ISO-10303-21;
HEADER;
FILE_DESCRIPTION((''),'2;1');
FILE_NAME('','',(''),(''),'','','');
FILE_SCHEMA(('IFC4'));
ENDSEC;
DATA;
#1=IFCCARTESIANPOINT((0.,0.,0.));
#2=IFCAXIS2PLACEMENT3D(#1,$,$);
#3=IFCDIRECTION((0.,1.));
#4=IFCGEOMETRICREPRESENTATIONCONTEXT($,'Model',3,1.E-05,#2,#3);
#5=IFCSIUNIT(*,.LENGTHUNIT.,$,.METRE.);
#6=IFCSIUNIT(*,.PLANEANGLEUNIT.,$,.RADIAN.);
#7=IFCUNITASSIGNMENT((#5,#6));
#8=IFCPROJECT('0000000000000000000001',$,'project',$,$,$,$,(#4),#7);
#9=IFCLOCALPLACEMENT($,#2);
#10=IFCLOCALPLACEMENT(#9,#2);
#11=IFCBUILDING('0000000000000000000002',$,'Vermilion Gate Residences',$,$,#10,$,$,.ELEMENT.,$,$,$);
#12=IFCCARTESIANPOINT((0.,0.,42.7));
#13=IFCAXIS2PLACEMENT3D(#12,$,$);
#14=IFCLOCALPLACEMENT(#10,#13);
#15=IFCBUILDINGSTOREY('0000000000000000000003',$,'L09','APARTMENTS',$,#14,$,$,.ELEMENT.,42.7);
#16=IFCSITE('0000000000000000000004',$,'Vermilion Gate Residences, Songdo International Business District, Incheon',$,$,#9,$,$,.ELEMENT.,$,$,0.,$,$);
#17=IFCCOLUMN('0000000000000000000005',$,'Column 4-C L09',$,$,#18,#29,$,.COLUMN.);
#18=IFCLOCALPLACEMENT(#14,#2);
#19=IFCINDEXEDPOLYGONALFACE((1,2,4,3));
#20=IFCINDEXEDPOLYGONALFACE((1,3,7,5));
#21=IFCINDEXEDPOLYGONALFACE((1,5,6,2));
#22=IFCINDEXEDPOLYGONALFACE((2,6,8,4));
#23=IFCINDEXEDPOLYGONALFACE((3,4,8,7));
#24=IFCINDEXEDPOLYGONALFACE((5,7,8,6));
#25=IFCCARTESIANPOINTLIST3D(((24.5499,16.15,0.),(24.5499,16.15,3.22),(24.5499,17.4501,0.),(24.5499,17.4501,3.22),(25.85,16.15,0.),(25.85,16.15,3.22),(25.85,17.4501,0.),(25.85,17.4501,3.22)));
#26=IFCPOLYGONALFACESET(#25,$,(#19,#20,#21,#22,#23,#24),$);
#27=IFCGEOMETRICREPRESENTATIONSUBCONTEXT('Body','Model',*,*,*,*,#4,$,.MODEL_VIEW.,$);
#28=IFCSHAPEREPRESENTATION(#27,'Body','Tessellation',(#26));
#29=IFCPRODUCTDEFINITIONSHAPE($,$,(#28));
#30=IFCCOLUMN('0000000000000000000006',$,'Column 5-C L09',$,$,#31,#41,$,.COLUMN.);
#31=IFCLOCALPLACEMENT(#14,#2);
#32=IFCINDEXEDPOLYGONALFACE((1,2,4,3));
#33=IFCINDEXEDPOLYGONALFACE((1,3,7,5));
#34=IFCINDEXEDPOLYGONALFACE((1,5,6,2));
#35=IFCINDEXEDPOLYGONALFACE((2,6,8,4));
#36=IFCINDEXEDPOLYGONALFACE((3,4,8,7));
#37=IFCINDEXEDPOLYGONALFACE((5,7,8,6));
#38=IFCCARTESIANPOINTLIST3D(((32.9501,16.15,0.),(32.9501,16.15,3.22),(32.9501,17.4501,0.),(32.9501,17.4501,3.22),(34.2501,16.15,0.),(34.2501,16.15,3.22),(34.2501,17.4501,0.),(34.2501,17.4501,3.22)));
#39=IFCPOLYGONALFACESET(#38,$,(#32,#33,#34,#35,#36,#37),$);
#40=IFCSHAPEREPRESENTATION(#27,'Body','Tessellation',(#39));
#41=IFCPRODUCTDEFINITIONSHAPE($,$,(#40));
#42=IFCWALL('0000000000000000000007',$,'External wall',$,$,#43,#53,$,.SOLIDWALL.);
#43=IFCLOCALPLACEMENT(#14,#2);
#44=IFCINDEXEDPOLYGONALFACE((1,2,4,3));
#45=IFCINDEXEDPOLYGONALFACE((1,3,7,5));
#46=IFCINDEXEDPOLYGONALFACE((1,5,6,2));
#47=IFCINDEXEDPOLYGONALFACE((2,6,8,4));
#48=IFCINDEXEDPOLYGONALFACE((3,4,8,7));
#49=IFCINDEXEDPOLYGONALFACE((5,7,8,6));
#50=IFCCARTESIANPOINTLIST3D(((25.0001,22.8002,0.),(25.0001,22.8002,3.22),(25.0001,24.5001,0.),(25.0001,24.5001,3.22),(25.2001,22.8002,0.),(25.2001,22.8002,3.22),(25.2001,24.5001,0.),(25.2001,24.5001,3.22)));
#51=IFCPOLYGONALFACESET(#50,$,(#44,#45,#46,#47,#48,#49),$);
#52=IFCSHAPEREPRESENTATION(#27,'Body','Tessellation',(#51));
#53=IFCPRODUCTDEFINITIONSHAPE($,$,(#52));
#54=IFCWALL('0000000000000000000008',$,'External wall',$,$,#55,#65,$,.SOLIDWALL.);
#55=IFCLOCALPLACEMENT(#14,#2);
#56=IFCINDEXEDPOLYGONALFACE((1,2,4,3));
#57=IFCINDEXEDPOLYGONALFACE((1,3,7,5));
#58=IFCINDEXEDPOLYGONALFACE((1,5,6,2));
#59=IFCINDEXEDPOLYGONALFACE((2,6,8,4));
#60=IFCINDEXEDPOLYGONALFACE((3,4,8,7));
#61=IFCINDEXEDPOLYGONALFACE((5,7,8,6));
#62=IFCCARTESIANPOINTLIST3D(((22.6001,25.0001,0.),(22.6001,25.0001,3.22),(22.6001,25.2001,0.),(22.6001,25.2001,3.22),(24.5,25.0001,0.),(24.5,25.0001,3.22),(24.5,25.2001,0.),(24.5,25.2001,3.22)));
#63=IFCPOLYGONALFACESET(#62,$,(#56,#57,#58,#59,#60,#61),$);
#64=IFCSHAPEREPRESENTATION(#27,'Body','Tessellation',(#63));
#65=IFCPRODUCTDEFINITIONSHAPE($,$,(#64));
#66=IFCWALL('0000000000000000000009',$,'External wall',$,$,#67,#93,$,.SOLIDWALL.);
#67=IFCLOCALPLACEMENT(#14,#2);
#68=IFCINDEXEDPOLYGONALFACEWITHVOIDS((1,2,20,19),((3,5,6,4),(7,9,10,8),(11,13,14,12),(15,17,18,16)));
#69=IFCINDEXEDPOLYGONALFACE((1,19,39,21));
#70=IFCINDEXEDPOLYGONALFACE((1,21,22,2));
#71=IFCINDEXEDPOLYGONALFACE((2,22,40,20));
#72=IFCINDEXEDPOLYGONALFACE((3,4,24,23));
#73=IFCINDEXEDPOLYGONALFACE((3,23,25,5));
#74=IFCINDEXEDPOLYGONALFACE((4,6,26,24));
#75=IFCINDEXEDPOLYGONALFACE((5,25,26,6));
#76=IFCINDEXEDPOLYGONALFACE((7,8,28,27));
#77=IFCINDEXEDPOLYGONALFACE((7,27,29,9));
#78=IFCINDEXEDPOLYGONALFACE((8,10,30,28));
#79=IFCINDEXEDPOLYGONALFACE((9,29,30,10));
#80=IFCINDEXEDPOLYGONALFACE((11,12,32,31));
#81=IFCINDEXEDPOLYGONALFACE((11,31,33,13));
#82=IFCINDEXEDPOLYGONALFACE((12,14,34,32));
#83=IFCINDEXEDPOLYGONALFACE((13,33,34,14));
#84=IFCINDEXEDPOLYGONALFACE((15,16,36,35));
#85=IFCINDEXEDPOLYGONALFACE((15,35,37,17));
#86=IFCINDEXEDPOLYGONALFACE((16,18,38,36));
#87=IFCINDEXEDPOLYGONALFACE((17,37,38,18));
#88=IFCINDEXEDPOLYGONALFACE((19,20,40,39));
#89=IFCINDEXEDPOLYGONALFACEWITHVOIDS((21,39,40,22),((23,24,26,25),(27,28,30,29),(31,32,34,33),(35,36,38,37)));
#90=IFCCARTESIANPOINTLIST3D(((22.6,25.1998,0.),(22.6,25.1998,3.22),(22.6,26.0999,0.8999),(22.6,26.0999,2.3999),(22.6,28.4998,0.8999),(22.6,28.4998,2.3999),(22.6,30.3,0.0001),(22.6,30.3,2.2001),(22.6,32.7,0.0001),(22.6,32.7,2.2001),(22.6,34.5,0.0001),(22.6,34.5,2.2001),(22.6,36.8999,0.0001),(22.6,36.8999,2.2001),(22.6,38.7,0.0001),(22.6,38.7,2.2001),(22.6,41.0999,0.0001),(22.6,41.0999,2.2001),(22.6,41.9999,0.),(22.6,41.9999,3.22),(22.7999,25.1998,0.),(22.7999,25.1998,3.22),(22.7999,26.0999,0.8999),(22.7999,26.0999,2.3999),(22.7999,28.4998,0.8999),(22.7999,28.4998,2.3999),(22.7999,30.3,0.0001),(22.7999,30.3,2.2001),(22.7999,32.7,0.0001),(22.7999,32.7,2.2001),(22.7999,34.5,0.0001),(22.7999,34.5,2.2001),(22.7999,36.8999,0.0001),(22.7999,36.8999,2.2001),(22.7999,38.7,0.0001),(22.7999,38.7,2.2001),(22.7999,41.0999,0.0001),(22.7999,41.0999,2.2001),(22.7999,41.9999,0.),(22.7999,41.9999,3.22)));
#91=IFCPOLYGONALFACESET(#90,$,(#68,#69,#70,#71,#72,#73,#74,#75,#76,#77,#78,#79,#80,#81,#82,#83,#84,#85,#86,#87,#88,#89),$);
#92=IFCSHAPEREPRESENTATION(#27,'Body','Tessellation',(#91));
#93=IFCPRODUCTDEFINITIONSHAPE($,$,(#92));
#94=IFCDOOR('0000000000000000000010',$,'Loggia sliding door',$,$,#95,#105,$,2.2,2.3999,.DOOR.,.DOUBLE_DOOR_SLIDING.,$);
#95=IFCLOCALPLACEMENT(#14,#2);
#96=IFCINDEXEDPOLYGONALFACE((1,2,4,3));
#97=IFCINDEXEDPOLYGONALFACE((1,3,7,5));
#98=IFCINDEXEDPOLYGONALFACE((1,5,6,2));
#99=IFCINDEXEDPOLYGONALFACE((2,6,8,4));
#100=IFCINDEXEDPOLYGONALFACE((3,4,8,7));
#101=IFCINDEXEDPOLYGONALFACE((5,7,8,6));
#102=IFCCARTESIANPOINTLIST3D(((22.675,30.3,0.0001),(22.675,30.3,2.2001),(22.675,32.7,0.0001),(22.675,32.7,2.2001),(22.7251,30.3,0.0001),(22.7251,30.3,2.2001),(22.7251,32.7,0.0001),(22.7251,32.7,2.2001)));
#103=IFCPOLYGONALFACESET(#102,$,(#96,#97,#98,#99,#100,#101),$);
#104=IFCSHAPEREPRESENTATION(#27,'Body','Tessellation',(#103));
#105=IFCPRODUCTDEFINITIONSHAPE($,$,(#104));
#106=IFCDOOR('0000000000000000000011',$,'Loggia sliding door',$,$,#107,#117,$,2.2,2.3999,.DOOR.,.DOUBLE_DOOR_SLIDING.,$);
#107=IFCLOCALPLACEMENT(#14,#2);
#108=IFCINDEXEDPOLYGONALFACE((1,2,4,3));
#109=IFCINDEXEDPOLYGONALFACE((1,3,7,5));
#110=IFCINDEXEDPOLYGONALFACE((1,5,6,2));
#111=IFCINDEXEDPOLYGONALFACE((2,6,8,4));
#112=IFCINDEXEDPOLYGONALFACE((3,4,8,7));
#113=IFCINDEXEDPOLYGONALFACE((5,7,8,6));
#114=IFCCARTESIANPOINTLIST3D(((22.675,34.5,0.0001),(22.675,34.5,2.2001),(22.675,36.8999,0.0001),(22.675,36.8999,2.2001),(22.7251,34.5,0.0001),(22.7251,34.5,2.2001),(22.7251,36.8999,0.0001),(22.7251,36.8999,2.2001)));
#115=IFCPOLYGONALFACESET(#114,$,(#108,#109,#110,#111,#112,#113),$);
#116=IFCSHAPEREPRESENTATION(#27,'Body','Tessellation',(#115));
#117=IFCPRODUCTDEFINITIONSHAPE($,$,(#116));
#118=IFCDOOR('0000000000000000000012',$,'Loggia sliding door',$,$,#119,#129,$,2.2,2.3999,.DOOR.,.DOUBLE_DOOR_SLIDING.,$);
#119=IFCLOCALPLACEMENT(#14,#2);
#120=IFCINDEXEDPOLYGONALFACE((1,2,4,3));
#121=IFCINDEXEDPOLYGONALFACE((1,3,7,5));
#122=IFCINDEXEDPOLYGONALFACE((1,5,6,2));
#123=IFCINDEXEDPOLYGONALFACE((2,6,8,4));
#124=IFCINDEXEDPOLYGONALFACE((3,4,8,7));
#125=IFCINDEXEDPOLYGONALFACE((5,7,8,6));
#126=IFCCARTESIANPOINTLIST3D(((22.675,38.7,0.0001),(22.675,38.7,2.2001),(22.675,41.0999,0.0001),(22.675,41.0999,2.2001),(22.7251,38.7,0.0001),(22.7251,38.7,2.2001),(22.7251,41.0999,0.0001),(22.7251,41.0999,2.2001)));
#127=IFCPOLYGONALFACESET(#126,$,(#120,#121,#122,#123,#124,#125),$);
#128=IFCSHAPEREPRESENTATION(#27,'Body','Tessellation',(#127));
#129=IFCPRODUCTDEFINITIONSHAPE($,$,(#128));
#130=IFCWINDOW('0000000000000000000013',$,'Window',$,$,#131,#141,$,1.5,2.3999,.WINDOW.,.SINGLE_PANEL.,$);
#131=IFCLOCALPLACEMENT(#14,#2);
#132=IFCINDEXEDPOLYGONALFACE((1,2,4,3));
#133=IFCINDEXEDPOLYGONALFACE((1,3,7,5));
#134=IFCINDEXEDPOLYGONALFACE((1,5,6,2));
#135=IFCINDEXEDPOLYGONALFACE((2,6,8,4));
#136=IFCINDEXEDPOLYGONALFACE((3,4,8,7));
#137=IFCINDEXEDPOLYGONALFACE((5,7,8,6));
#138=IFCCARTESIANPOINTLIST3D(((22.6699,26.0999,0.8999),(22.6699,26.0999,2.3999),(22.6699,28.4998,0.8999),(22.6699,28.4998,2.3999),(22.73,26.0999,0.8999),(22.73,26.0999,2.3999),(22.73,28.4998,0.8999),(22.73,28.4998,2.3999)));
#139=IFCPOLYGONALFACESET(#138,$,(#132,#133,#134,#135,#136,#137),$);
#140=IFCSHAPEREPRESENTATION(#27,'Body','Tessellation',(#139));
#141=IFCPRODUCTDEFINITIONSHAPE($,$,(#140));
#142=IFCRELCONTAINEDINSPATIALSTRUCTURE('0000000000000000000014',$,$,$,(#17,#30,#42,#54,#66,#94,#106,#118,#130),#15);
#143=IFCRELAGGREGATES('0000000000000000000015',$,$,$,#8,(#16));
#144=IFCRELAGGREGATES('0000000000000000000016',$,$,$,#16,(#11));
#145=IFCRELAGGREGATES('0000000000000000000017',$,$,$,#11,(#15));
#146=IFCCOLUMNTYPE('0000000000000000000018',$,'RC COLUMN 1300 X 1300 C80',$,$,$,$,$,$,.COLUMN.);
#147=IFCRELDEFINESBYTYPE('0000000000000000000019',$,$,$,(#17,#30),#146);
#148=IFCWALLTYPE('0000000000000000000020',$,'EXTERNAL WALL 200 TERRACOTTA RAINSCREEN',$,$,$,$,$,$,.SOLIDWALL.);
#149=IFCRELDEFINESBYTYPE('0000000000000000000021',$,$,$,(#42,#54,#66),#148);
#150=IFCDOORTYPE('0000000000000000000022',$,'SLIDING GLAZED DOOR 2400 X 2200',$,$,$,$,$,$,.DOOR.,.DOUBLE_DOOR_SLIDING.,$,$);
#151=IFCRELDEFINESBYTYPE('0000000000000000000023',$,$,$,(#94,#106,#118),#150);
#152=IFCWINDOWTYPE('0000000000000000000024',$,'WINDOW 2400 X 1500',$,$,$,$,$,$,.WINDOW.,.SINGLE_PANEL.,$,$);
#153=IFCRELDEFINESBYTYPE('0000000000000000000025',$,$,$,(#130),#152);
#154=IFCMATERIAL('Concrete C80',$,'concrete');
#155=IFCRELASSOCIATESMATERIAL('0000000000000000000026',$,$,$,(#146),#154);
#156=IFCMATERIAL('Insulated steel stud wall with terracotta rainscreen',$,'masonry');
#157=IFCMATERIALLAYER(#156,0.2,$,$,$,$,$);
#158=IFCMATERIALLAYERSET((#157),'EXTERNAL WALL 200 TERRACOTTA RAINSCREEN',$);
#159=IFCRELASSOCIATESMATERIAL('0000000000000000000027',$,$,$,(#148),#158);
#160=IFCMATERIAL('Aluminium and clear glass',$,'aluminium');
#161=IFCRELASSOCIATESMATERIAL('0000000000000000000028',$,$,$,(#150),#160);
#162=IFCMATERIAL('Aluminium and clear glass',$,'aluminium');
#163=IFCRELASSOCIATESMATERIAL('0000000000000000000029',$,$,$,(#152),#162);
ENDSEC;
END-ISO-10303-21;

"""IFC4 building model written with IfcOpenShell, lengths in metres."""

from ifc_helpers import new_model, si_unit, direction, frame, frame_2d, origin, origin_2d, place, context, subcontext, project, spatial, rectangle, extrude, material, layer, layer_set, material_profile, profile_set, type_object, element, fill, save


model = new_model("IFC4")

# Units and contexts
model_context = context("Model", 3, precision=1e-05, world=origin(), true_north=direction((0.0, 1.0)))
body_context = subcontext(model_context, "Body", "Model", "MODEL_VIEW")
ifc_project = project(units=[si_unit("LENGTHUNIT", "METRE"), si_unit("PLANEANGLEUNIT", "RADIAN")], contexts=[model_context])

# Site, building, storey
site_placement = place(None, origin())
site = spatial("IfcSite", under=ifc_project, at=site_placement, Name="Vermilion Gate Residences, Songdo International Business District, Incheon", CompositionType="ELEMENT", RefElevation=0.0)
building_placement = place(site_placement, origin())
building = spatial("IfcBuilding", under=site, at=building_placement, Name="Vermilion Gate Residences", CompositionType="ELEMENT")
storey_placement = place(building_placement, frame((0.0, 0.0, 42.7)))
storey = spatial("IfcBuildingStorey", under=building, at=storey_placement, Name="L09", Description="APARTMENTS", CompositionType="ELEMENT", Elevation=42.7)

# Columns
ifc_material_1 = material(Name="Concrete C80", Category="concrete")
ifc_material_profile = material_profile(ifc_material_1, rectangle(XDim=1.3, YDim=1.3, at=origin_2d()), Name="RC-1300x1300")
ifc_profile_set = profile_set([ifc_material_profile], Name="Concrete C80")
column_type = type_object("IfcColumnType", Name="RC COLUMN 1300 X 1300 C80", PredefinedType="COLUMN", material=ifc_profile_set)
for number, where, z_axis, x_axis, name in (
    (1, (25.2, 16.8, 0.0), (0.0, 0.0, 1.0), (1.0, 0.0, 0.0), "Column 4-C L09"),
    (2, (33.6001, 16.8, 0.0), (0.0, 0.0, 1.0), (1.0, 0.0, 0.0), "Column 5-C L09"),
):
    element("IfcColumn", number, at=place(storey_placement, frame(where, z_axis=z_axis, x_axis=x_axis)), inside=storey, type_object=column_type, Name=name, PredefinedType="COLUMN", context=body_context, shape_type="SweptSolid", body=[
        extrude(rectangle(XDim=1.3, YDim=1.3, at=origin_2d()), origin(), (0.0, 0.0, 1.0), 3.22),
    ])

# Walls
ifc_material_2 = material(Name="Insulated steel stud wall with terracotta rainscreen", Category="masonry")
ifc_layer_1 = layer(ifc_material_2, 0.2)
ifc_layer_set_1 = layer_set([ifc_layer_1], Name="EXTERNAL WALL 200 TERRACOTTA RAINSCREEN")
wall_type_1 = type_object("IfcWallType", Name="EXTERNAL WALL 200 TERRACOTTA RAINSCREEN", PredefinedType="SOLIDWALL", material=ifc_layer_set_1)
wall_1_placement = place(storey_placement, frame((25.1001, 22.8, 0.0), z_axis=(0.0, 0.0, 1.0), x_axis=(0.0, 1.0, 0.0)))
element("IfcWall", 3, at=wall_1_placement, inside=storey, type_object=wall_type_1, Name="External wall", PredefinedType="SOLIDWALL", context=body_context, shape_type="SweptSolid", body=[
    extrude(rectangle(XDim=1.7, YDim=0.2, at=frame_2d((0.8501, 0.0))), origin(), (0.0, 0.0, 1.0), 3.22),
])
wall_2_placement = place(storey_placement, frame((24.5, 25.1001, 0.0), z_axis=(0.0, 0.0, 1.0), x_axis=(-1.0, 0.0, 0.0)))
element("IfcWall", 4, at=wall_2_placement, inside=storey, type_object=wall_type_1, Name="External wall", PredefinedType="SOLIDWALL", context=body_context, shape_type="SweptSolid", body=[
    extrude(rectangle(XDim=1.8999, YDim=0.2, at=frame_2d((0.95, 0.0))), origin(), (0.0, 0.0, 1.0), 3.22),
])

# Wall, openings, doors, window
wall_3_placement = place(storey_placement, frame((22.7, 25.2, 0.0), z_axis=(0.0, 0.0, 1.0), x_axis=(0.0, 1.0, 0.0)))
wall_3 = element("IfcWall", 5, at=wall_3_placement, inside=storey, type_object=wall_type_1, Name="External wall", PredefinedType="SOLIDWALL", context=body_context, shape_type="SweptSolid", body=[
    extrude(rectangle(XDim=16.8, YDim=0.2, at=frame_2d((8.3999, 0.0))), origin(), (0.0, 0.0, 1.0), 3.22),
])
opening_1_placement = place(wall_3_placement, frame((0.8999, 0.0, 0.8999)))
opening_1 = element("IfcOpeningElement", 6, at=opening_1_placement, cuts=wall_3, PredefinedType="OPENING", context=body_context, shape_type="SweptSolid", body=[
    extrude(rectangle(XDim=2.3999, YDim=1.5, at=frame_2d((1.2, 0.75))), frame((0.0, 0.1099, 0.0), z_axis=(0.0, -1.0, 0.0), x_axis=(1.0, 0.0, 0.0)), (0.0, 0.0, 1.0), 0.22),
])
opening_2_placement = place(wall_3_placement, frame((5.1001, 0.0, 0.0)))
opening_2 = element("IfcOpeningElement", 7, at=opening_2_placement, cuts=wall_3, PredefinedType="OPENING", context=body_context, shape_type="SweptSolid", body=[
    extrude(rectangle(XDim=2.3999, YDim=2.2, at=frame_2d((1.2, 1.1001))), frame((0.0, 0.1099, 0.0), z_axis=(0.0, -1.0, 0.0), x_axis=(1.0, 0.0, 0.0)), (0.0, 0.0, 1.0), 0.22),
])
opening_3_placement = place(wall_3_placement, frame((9.3, 0.0, 0.0)))
opening_3 = element("IfcOpeningElement", 8, at=opening_3_placement, cuts=wall_3, PredefinedType="OPENING", context=body_context, shape_type="SweptSolid", body=[
    extrude(rectangle(XDim=2.3999, YDim=2.2, at=frame_2d((1.2, 1.1001))), frame((0.0, 0.1099, 0.0), z_axis=(0.0, -1.0, 0.0), x_axis=(1.0, 0.0, 0.0)), (0.0, 0.0, 1.0), 0.22),
])
opening_4_placement = place(wall_3_placement, frame((13.5, 0.0, 0.0)))
opening_4 = element("IfcOpeningElement", 9, at=opening_4_placement, cuts=wall_3, PredefinedType="OPENING", context=body_context, shape_type="SweptSolid", body=[
    extrude(rectangle(XDim=2.3999, YDim=2.2, at=frame_2d((1.2, 1.1001))), frame((0.0, 0.1099, 0.0), z_axis=(0.0, -1.0, 0.0), x_axis=(1.0, 0.0, 0.0)), (0.0, 0.0, 1.0), 0.22),
])
ifc_material_3 = material(Name="Aluminium and clear glass", Category="aluminium")
door_type_1 = type_object("IfcDoorType", Name="SLIDING GLAZED DOOR 2400 X 2200", OperationType="DOUBLE_DOOR_SLIDING", PredefinedType="DOOR", material=ifc_material_3)
door_1_placement = place(opening_2_placement, origin())
door_1 = element("IfcDoor", 10, at=door_1_placement, inside=storey, type_object=door_type_1, Name="Loggia sliding door", OperationType="DOUBLE_DOOR_SLIDING", OverallHeight=2.2, OverallWidth=2.3999, PredefinedType="DOOR", context=body_context, shape_type="SweptSolid", body=[
    extrude(rectangle(XDim=2.3999, YDim=2.2, at=frame_2d((1.2, 1.1001))), frame((0.0, 0.0249, 0.0), z_axis=(0.0, -1.0, 0.0), x_axis=(1.0, 0.0, 0.0)), (0.0, 0.0, 1.0), 0.05),
])
fill(opening_2, door_1)
door_2_placement = place(opening_3_placement, origin())
door_2 = element("IfcDoor", 11, at=door_2_placement, inside=storey, type_object=door_type_1, Name="Loggia sliding door", OperationType="DOUBLE_DOOR_SLIDING", OverallHeight=2.2, OverallWidth=2.3999, PredefinedType="DOOR", context=body_context, shape_type="SweptSolid", body=[
    extrude(rectangle(XDim=2.3999, YDim=2.2, at=frame_2d((1.2, 1.1001))), frame((0.0, 0.0249, 0.0), z_axis=(0.0, -1.0, 0.0), x_axis=(1.0, 0.0, 0.0)), (0.0, 0.0, 1.0), 0.05),
])
fill(opening_3, door_2)
door_3_placement = place(opening_4_placement, origin())
door_3 = element("IfcDoor", 12, at=door_3_placement, inside=storey, type_object=door_type_1, Name="Loggia sliding door", OperationType="DOUBLE_DOOR_SLIDING", OverallHeight=2.2, OverallWidth=2.3999, PredefinedType="DOOR", context=body_context, shape_type="SweptSolid", body=[
    extrude(rectangle(XDim=2.3999, YDim=2.2, at=frame_2d((1.2, 1.1001))), frame((0.0, 0.0249, 0.0), z_axis=(0.0, -1.0, 0.0), x_axis=(1.0, 0.0, 0.0)), (0.0, 0.0, 1.0), 0.05),
])
fill(opening_4, door_3)
ifc_material_4 = material(Name="Aluminium and clear glass", Category="aluminium")
window_type = type_object("IfcWindowType", Name="WINDOW 2400 X 1500", PartitioningType="SINGLE_PANEL", PredefinedType="WINDOW", material=ifc_material_4)
window_placement = place(opening_1_placement, origin())
window = element("IfcWindow", 13, at=window_placement, inside=storey, type_object=window_type, Name="Window", OverallHeight=1.5, OverallWidth=2.3999, PartitioningType="SINGLE_PANEL", PredefinedType="WINDOW", context=body_context, shape_type="SweptSolid", body=[
    extrude(rectangle(XDim=2.3999, YDim=1.5, at=frame_2d((1.2, 0.75))), frame((0.0, 0.03, 0.0), z_axis=(0.0, -1.0, 0.0), x_axis=(1.0, 0.0, 0.0)), (0.0, 0.0, 1.0), 0.0601),
])
fill(opening_1, window)

save(model, "model.ifc")
